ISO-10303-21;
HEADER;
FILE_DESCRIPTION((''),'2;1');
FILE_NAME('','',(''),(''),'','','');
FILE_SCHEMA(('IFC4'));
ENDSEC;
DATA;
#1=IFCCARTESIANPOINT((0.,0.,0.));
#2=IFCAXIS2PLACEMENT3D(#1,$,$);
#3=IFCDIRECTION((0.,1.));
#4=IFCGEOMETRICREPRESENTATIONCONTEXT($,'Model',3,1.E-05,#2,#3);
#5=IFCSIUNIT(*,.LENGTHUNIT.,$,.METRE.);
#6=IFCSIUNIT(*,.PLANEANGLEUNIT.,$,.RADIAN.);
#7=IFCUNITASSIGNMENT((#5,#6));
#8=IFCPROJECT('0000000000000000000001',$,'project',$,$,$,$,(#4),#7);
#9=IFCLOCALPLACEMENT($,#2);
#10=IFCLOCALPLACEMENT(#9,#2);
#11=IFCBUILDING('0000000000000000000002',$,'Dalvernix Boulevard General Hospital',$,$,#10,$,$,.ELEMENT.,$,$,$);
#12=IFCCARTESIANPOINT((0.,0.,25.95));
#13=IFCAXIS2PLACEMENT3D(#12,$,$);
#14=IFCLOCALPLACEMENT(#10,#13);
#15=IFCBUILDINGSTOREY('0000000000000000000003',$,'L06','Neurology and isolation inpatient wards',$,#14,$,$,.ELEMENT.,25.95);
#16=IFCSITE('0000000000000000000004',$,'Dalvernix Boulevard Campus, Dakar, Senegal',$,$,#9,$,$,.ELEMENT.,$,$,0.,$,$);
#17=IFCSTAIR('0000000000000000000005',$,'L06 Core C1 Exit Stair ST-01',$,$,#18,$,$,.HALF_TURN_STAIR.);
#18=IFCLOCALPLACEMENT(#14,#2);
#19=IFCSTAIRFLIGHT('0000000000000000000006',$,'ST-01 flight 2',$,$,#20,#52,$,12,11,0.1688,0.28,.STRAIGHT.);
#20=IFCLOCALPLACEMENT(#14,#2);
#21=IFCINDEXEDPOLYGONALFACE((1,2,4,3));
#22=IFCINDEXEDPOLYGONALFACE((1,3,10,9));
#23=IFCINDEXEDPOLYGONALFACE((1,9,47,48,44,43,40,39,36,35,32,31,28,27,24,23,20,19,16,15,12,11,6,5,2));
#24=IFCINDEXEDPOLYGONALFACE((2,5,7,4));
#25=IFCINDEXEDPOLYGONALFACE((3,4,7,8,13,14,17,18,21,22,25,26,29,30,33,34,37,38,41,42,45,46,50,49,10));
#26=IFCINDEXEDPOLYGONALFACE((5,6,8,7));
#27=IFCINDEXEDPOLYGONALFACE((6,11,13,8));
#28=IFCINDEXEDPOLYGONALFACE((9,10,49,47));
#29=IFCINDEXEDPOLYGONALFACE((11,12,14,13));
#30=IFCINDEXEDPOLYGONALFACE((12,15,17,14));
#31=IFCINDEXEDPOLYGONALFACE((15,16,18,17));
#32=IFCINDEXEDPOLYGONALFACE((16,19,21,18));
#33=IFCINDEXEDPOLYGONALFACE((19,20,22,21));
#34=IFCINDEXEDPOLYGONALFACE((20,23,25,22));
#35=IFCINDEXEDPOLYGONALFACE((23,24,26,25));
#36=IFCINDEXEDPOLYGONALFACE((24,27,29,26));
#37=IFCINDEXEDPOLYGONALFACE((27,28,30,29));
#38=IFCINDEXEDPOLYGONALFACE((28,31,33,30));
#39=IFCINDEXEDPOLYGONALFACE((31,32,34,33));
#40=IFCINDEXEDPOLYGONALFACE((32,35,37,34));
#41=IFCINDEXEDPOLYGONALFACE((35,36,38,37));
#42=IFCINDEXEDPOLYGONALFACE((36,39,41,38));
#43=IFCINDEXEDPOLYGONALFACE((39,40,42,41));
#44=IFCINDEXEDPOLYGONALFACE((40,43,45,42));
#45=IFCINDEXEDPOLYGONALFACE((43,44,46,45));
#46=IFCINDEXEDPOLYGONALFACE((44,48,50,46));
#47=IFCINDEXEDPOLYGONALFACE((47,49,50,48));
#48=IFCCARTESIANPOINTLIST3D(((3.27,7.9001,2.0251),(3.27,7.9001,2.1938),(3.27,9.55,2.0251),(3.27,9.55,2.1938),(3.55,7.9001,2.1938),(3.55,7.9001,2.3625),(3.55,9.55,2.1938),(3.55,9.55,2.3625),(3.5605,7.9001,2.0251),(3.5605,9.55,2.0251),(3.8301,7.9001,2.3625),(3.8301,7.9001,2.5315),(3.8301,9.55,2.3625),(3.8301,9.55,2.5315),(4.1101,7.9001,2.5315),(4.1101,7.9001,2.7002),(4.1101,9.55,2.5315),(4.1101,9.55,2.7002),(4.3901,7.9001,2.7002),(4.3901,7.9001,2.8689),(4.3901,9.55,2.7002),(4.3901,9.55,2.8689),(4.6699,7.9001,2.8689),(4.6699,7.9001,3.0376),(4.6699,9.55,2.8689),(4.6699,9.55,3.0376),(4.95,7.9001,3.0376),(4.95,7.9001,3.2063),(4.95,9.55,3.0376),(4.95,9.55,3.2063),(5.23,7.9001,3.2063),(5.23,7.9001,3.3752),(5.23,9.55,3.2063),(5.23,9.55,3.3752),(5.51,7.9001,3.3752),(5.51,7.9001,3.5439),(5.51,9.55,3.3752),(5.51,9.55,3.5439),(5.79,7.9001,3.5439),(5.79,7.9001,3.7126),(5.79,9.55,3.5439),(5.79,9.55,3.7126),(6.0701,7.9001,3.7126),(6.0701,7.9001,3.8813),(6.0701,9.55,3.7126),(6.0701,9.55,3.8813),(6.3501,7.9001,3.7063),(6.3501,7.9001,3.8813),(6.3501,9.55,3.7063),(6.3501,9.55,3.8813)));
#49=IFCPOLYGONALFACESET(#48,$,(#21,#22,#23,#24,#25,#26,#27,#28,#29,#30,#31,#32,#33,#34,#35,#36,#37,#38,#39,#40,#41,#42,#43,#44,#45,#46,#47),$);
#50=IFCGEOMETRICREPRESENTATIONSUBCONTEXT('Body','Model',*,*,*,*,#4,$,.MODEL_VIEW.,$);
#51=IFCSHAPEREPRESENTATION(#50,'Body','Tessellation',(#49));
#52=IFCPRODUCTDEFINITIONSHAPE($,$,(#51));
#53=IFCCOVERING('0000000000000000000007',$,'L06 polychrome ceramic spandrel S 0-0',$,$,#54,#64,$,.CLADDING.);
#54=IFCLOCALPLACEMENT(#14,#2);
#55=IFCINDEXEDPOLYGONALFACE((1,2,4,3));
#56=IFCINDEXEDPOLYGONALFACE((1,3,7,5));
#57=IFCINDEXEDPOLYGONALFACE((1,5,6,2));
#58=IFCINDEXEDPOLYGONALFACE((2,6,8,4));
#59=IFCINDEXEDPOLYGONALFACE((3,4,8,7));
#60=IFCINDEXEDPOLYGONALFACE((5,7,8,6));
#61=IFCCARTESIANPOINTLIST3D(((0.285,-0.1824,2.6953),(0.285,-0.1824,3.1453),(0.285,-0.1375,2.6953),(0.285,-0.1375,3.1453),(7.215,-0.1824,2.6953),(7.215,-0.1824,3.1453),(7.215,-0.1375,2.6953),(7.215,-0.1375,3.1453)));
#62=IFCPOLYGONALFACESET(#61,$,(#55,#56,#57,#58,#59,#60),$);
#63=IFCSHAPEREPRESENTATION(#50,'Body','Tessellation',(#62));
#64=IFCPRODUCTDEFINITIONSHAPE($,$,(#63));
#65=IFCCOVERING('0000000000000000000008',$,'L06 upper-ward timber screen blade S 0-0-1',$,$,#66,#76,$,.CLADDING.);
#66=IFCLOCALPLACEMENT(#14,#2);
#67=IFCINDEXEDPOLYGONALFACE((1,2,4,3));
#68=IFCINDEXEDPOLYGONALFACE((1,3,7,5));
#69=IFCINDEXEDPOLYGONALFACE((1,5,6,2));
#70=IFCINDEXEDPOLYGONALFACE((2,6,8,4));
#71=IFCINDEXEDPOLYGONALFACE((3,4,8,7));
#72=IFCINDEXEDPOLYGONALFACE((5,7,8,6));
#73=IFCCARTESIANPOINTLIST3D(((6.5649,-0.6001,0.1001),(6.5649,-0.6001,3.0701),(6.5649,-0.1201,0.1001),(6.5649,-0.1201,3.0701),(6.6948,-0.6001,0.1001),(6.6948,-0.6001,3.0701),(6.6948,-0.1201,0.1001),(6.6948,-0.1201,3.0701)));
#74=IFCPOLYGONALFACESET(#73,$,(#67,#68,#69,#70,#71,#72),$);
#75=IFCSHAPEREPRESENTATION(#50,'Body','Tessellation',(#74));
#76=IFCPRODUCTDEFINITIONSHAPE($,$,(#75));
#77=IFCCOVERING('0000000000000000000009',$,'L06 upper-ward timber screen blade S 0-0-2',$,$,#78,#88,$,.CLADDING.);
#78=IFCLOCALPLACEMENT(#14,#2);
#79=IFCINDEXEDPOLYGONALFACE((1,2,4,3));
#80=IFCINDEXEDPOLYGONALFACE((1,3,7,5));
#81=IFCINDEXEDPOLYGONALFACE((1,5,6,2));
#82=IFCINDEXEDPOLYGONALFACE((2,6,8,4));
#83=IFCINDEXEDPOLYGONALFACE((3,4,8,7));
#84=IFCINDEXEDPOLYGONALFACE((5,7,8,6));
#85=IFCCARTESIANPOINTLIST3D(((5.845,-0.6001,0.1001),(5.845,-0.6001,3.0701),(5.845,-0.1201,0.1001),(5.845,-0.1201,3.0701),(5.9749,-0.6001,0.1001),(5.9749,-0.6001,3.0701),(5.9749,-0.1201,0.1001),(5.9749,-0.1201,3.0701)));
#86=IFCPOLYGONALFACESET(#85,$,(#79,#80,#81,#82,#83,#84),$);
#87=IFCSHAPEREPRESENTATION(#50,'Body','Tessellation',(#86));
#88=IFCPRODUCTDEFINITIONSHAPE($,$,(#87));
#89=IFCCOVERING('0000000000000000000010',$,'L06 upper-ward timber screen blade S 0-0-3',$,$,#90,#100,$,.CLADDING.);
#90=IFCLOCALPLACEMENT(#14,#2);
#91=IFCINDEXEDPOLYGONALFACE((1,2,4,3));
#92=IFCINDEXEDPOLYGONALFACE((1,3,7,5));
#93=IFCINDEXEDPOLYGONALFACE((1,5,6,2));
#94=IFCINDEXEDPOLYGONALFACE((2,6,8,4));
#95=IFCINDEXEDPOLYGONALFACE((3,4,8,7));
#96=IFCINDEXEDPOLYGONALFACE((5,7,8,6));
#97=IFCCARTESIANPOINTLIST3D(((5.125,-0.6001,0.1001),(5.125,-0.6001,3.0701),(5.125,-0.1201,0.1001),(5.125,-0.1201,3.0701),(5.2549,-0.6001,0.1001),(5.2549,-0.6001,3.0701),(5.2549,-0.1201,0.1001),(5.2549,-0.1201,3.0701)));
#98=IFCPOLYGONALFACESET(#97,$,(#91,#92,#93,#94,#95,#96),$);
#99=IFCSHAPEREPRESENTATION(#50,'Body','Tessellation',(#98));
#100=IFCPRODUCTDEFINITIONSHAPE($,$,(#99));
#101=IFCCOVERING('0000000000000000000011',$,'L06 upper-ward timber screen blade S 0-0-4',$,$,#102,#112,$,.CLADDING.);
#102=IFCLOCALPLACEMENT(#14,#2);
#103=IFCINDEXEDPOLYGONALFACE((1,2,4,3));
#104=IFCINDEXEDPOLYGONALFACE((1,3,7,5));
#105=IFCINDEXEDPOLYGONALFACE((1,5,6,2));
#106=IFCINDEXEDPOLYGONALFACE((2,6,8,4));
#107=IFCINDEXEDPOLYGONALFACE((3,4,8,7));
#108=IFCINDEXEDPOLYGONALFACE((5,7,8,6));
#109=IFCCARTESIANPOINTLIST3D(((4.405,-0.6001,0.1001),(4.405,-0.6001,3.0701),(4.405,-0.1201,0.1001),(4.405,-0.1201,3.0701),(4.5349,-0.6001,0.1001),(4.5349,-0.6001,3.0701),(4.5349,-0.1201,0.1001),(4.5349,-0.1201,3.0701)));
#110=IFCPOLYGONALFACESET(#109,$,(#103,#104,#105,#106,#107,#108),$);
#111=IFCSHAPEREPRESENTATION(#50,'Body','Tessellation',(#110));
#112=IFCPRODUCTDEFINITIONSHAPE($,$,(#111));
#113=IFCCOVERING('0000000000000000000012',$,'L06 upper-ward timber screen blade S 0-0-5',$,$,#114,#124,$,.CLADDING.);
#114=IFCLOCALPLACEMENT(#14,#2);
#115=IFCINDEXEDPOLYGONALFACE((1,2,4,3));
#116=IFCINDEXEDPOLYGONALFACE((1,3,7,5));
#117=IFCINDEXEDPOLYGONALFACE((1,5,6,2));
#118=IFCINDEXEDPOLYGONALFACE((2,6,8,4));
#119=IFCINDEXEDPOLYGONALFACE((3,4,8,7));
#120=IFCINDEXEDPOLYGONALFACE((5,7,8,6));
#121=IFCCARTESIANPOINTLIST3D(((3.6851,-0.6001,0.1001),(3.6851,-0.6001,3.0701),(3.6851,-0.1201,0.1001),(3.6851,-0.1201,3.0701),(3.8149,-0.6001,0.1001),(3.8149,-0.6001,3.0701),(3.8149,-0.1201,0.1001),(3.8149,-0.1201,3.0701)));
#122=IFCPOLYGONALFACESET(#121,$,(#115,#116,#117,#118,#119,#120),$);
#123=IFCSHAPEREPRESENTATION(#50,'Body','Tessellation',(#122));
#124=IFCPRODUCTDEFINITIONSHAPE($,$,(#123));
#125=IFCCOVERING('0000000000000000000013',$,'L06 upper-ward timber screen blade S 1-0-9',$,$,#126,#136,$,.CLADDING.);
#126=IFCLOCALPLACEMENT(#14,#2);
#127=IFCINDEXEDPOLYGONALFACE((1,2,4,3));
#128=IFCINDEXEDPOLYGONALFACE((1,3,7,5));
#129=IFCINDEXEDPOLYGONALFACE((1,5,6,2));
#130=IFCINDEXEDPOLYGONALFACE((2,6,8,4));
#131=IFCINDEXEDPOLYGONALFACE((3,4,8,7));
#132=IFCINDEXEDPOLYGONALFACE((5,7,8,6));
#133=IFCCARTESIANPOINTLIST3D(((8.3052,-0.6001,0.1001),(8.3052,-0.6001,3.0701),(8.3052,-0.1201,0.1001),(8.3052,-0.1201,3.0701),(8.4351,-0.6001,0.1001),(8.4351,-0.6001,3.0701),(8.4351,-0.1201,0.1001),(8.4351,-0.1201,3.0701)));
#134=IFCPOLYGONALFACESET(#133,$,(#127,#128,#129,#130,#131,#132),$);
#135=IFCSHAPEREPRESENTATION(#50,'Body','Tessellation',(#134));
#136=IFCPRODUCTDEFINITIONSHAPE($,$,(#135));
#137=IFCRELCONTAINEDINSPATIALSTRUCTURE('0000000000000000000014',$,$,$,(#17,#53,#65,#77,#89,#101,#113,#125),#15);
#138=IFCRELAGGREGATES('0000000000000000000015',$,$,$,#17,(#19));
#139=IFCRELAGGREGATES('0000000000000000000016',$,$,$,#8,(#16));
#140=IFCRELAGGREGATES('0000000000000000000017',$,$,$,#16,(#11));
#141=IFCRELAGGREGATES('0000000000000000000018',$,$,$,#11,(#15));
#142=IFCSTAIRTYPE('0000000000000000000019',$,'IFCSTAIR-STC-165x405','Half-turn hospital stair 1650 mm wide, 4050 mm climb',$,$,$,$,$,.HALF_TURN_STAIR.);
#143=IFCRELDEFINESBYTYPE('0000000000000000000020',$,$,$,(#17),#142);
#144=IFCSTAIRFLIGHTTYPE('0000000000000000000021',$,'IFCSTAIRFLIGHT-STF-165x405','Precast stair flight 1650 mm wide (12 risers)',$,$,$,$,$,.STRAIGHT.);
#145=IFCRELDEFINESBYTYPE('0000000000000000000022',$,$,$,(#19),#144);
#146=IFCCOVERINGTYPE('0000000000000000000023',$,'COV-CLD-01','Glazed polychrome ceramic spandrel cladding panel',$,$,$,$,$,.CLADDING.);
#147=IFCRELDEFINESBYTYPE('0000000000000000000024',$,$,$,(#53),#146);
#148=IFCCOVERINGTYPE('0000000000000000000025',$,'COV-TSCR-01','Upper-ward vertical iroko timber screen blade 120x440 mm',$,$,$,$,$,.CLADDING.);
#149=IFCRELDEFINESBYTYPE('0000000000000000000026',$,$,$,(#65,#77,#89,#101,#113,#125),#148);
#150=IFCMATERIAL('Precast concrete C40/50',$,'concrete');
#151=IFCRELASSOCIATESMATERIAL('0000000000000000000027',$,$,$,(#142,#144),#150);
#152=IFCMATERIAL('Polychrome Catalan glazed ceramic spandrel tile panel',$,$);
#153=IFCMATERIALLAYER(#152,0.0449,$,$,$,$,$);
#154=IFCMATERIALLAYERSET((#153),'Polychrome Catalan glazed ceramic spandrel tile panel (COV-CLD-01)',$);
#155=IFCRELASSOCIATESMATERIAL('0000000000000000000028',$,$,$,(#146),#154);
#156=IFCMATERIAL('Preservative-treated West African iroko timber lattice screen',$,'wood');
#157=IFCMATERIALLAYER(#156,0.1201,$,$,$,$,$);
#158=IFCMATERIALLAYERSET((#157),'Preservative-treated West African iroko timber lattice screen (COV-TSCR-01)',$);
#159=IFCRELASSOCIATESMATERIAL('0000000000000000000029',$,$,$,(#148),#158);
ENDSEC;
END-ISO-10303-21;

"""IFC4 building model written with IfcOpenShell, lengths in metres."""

from ifc_helpers import new_model, si_unit, direction, frame, origin, origin_2d, place, context, subcontext, project, spatial, polyline, rectangle, outline, extrude, material, layer, layer_set, type_object, element, aggregate, save


model = new_model("IFC4")

# Units and contexts
model_context = context("Model", 3, precision=1e-05, world=origin(), true_north=direction((0.0, 1.0)))
body_context = subcontext(model_context, "Body", "Model", "MODEL_VIEW")
ifc_project = project(units=[si_unit("LENGTHUNIT", "METRE"), si_unit("PLANEANGLEUNIT", "RADIAN")], contexts=[model_context])

# Site, building, storey
site_placement = place(None, origin())
site = spatial("IfcSite", under=ifc_project, at=site_placement, Name="Dalvernix Boulevard Campus, Dakar, Senegal", CompositionType="ELEMENT", RefElevation=0.0)
building_placement = place(site_placement, origin())
building = spatial("IfcBuilding", under=site, at=building_placement, Name="Dalvernix Boulevard General Hospital", CompositionType="ELEMENT")
storey_placement = place(building_placement, frame((0.0, 0.0, 25.95)))
storey = spatial("IfcBuildingStorey", under=building, at=storey_placement, Name="L06", Description="Neurology and isolation inpatient wards", CompositionType="ELEMENT", Elevation=25.95)

# Stair, stair flight
ifc_material_1 = material(Name="Precast concrete C40/50", Category="concrete")
stair_type = type_object("IfcStairType", Name="IFCSTAIR-STC-165x405", Description="Half-turn hospital stair 1650 mm wide, 4050 mm climb", PredefinedType="HALF_TURN_STAIR", material=ifc_material_1)
stair_placement = place(storey_placement, origin())
stair = element("IfcStair", 1, at=stair_placement, inside=storey, type_object=stair_type, Name="L06 Core C1 Exit Stair ST-01", PredefinedType="HALF_TURN_STAIR")
stair_flight_type = type_object("IfcStairFlightType", Name="IFCSTAIRFLIGHT-STF-165x405", Description="Precast stair flight 1650 mm wide (12 risers)", PredefinedType="STRAIGHT", material=ifc_material_1)
stair_flight_1_placement = place(storey_placement, frame((3.27, 8.7251, 2.0251), z_axis=(0.0, 0.0, 1.0), x_axis=(1.0, 0.0, 0.0)))
stair_flight_1 = element("IfcStairFlight", 2, at=stair_flight_1_placement, type_object=stair_flight_type, Name="ST-01 flight 2", NumberOfRisers=12, NumberOfTreads=11, PredefinedType="STRAIGHT", RiserHeight=0.1688, TreadLength=0.28, context=body_context, shape_type="SweptSolid", body=[
    extrude(outline(polyline([(0.0, 0.0), (0.0, 0.1687), (0.28, 0.1687), (0.28, 0.3374), (0.5601, 0.3374), (0.5601, 0.5063), (0.8401, 0.5063), (0.8401, 0.675), (1.1201, 0.675), (1.1201, 0.8438), (1.3999, 0.8438), (1.3999, 1.0125), (1.6799, 1.0125), (1.6799, 1.1812), (1.96, 1.1812), (1.96, 1.3501), (2.24, 1.3501), (2.24, 1.5188), (2.52, 1.5188), (2.52, 1.6875), (2.8, 1.6875), (2.8, 1.8562), (3.0801, 1.8562), (3.0801, 2.0249), (3.0801, 1.6812), (0.2905, 0.0), (0.0, 0.0)])), frame((0.0, 0.825, 0.0), z_axis=(0.0, -1.0, 0.0), x_axis=(1.0, 0.0, 0.0)), (0.0, 0.0, 1.0), 1.6499),
])
aggregate(stair, [stair_flight_1])

# Coverings
ifc_material_2 = material(Name="Polychrome Catalan glazed ceramic spandrel tile panel")
ifc_layer_1 = layer(ifc_material_2, 0.0449)
ifc_layer_set_1 = layer_set([ifc_layer_1], Name="Polychrome Catalan glazed ceramic spandrel tile panel (COV-CLD-01)")
covering_type_1 = type_object("IfcCoveringType", Name="COV-CLD-01", Description="Glazed polychrome ceramic spandrel cladding panel", PredefinedType="CLADDING", material=ifc_layer_set_1)
covering_placement = place(storey_placement, frame((3.75, -0.1599, 2.6953), z_axis=(0.0, 0.0, 1.0), x_axis=(-1.0, 0.0, 0.0)))
element("IfcCovering", 3, at=covering_placement, inside=storey, type_object=covering_type_1, Name="L06 polychrome ceramic spandrel S 0-0", PredefinedType="CLADDING", context=body_context, shape_type="SweptSolid", body=[
    extrude(rectangle(XDim=6.9299, YDim=0.0449, at=origin_2d()), origin(), (0.0, 0.0, 1.0), 0.45),
])
ifc_material_3 = material(Name="Preservative-treated West African iroko timber lattice screen", Category="wood")
ifc_layer_2 = layer(ifc_material_3, 0.1201)
ifc_layer_set_2 = layer_set([ifc_layer_2], Name="Preservative-treated West African iroko timber lattice screen (COV-TSCR-01)")
covering_type_2 = type_object("IfcCoveringType", Name="COV-TSCR-01", Description="Upper-ward vertical iroko timber screen blade 120x440 mm", PredefinedType="CLADDING", material=ifc_layer_set_2)
for number, where, z_axis, x_axis, name in (
    (4, (6.6299, -0.3601, 0.1001), (0.0, 0.0, 1.0), (-1.0, 0.0, 0.0), "L06 upper-ward timber screen blade S 0-0-1"),
    (5, (5.9099, -0.3601, 0.1001), (0.0, 0.0, 1.0), (-1.0, 0.0, 0.0), "L06 upper-ward timber screen blade S 0-0-2"),
    (6, (5.1899, -0.3601, 0.1001), (0.0, 0.0, 1.0), (-1.0, 0.0, 0.0), "L06 upper-ward timber screen blade S 0-0-3"),
    (7, (4.47, -0.3601, 0.1001), (0.0, 0.0, 1.0), (-1.0, 0.0, 0.0), "L06 upper-ward timber screen blade S 0-0-4"),
    (8, (3.75, -0.3601, 0.1001), (0.0, 0.0, 1.0), (-1.0, 0.0, 0.0), "L06 upper-ward timber screen blade S 0-0-5"),
    (9, (8.3701, -0.3601, 0.1001), (0.0, 0.0, 1.0), (-1.0, 0.0, 0.0), "L06 upper-ward timber screen blade S 1-0-9"),
):
    element("IfcCovering", number, at=place(storey_placement, frame(where, z_axis=z_axis, x_axis=x_axis)), inside=storey, type_object=covering_type_2, Name=name, PredefinedType="CLADDING", context=body_context, shape_type="SweptSolid", body=[
        extrude(rectangle(XDim=0.1299, YDim=0.48, at=origin_2d()), origin(), (0.0, 0.0, 1.0), 2.97),
    ])

save(model, "model.ifc")
